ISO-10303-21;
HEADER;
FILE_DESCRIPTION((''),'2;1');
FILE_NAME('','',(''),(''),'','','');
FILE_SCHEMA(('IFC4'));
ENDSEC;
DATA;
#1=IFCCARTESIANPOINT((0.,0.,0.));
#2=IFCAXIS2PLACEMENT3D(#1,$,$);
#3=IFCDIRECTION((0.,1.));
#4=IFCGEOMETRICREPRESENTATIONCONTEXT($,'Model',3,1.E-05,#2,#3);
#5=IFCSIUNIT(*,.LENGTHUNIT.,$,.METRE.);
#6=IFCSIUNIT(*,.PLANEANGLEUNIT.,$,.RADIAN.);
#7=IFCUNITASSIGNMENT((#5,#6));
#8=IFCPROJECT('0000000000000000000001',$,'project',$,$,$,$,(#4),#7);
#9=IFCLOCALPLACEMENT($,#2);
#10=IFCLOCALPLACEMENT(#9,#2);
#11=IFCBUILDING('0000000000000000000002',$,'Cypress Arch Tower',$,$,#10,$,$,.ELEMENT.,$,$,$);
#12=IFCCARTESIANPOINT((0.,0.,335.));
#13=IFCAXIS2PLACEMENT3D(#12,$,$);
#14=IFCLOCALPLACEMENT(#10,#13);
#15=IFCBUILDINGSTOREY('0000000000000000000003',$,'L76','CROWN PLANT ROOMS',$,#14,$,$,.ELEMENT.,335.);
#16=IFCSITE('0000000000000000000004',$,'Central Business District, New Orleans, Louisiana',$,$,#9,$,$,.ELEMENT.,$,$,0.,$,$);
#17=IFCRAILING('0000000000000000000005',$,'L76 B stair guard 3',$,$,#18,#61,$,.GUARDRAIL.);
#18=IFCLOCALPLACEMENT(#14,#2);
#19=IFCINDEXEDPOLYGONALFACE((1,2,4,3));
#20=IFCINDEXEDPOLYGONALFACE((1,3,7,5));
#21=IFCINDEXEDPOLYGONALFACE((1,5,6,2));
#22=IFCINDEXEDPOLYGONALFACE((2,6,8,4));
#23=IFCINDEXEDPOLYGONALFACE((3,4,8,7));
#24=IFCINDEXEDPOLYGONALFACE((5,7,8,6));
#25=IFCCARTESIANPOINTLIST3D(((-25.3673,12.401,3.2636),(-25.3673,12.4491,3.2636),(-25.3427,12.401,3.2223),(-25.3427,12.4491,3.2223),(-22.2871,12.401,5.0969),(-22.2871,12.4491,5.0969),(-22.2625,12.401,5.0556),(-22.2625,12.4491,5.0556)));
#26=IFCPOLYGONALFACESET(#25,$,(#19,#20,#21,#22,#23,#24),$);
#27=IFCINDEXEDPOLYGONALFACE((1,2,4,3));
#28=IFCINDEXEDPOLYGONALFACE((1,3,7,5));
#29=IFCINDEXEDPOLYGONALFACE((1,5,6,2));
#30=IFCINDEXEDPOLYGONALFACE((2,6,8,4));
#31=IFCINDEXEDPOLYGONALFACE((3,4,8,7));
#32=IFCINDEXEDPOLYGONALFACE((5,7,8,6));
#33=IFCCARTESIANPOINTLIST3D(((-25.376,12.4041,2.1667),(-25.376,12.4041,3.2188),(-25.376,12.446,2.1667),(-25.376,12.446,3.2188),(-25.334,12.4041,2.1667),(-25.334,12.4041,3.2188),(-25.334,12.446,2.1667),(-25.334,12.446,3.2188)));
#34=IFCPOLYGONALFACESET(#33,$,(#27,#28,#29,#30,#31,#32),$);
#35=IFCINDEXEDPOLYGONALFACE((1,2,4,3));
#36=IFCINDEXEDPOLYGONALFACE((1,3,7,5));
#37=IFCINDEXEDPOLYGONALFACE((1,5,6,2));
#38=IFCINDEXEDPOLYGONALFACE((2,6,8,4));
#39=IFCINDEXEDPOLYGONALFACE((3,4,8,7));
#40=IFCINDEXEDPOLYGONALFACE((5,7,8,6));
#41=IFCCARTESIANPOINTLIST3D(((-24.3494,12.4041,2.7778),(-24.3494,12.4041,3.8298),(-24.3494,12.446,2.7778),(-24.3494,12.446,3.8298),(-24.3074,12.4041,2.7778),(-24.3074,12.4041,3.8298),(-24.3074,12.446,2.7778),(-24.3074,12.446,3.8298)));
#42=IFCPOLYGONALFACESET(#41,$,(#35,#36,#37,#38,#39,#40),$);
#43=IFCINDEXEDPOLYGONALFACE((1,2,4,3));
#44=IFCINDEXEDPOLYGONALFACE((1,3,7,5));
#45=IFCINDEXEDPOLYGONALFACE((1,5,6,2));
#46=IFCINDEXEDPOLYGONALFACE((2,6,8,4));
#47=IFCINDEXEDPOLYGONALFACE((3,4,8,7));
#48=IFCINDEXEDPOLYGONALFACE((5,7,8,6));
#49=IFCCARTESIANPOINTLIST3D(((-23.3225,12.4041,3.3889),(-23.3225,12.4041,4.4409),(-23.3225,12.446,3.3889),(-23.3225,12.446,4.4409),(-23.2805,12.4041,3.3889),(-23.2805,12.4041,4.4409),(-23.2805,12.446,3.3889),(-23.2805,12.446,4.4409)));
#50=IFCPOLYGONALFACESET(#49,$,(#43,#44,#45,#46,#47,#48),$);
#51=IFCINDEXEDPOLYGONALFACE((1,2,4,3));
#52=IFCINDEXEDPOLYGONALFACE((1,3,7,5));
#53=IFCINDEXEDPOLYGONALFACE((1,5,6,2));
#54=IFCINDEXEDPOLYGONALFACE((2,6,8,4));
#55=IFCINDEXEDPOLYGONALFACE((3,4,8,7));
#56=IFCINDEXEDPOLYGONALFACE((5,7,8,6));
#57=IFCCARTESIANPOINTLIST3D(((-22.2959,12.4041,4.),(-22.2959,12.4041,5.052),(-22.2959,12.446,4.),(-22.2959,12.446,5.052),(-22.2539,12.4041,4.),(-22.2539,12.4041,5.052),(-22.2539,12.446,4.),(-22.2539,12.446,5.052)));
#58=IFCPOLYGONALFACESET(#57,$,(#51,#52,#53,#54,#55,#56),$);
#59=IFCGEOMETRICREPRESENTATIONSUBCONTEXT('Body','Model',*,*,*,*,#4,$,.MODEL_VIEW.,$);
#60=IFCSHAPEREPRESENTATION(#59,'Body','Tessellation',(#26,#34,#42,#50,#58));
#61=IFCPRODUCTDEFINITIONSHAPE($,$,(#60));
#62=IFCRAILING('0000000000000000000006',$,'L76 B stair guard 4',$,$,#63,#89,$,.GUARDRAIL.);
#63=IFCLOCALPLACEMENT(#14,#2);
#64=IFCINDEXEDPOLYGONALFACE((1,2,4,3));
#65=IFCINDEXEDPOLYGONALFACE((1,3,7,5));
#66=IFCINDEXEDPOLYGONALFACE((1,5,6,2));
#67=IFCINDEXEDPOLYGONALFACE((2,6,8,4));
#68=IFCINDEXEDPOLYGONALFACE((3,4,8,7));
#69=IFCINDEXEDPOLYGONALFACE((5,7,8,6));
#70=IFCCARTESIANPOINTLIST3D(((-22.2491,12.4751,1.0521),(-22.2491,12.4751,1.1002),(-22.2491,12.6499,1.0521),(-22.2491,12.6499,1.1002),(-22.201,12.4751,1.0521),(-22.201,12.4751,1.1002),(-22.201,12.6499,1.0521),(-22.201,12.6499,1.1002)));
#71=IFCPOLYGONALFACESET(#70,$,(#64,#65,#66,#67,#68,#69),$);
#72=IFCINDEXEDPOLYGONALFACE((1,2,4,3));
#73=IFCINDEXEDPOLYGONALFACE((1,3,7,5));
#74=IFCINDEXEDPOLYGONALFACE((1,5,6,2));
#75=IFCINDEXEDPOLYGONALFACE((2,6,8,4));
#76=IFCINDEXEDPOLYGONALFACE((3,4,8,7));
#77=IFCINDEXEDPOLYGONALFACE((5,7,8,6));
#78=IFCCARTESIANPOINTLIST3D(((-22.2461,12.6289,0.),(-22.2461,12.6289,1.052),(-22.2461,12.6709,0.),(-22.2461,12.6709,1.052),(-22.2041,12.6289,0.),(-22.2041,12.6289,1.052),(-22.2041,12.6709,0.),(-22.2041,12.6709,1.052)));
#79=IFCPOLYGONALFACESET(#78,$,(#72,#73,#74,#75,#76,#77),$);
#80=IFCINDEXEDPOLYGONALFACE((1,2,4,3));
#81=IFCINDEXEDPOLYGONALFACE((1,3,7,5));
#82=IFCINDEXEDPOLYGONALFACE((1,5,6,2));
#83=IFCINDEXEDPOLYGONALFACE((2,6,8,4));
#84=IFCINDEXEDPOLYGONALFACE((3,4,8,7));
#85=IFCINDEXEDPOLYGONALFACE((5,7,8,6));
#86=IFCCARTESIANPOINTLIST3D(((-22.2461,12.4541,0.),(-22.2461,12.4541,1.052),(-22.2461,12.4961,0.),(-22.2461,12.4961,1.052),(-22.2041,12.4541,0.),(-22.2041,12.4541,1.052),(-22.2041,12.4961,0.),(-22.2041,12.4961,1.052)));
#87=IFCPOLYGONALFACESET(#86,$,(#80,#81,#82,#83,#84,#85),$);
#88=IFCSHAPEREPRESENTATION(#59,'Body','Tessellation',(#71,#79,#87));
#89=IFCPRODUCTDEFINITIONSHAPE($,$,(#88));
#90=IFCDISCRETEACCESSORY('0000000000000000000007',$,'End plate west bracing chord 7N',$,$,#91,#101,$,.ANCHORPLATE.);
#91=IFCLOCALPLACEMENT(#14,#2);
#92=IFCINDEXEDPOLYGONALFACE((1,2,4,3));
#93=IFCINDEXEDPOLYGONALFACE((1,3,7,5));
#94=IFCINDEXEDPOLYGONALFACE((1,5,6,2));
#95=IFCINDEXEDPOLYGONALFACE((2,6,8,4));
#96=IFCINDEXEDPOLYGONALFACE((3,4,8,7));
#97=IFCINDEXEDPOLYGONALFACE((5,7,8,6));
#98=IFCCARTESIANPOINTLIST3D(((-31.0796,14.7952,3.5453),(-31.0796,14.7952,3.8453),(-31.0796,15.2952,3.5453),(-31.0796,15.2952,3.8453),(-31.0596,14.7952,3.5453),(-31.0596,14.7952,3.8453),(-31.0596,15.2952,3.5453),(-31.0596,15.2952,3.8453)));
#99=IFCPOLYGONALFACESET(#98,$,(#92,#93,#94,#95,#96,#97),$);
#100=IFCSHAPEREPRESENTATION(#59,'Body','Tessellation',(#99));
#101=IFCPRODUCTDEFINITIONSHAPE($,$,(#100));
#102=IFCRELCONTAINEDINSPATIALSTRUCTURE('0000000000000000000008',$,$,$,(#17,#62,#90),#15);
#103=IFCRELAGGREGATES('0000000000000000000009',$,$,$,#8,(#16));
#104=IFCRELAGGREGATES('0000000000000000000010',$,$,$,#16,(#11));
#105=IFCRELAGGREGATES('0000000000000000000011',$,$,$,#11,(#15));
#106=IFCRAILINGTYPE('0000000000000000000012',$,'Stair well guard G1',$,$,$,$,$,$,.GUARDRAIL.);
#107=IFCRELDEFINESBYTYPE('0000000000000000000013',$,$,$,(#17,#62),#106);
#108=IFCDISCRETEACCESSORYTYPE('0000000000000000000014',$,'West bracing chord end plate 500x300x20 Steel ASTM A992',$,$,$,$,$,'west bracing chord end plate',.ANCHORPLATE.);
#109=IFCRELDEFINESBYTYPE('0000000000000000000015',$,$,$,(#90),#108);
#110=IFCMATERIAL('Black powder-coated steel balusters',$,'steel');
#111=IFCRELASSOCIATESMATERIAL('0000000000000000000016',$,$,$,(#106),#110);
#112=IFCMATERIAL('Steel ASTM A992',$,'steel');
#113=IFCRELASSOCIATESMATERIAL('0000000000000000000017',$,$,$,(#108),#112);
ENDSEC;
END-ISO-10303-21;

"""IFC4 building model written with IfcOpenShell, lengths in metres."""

from ifc_helpers import new_model, si_unit, direction, frame, origin, origin_2d, place, context, subcontext, project, spatial, rectangle, extrude, material, material_profile, profile_set, type_object, element, save


model = new_model("IFC4")

# Units and contexts
model_context = context("Model", 3, precision=1e-05, world=origin(), true_north=direction((0.0, 1.0)))
body_context = subcontext(model_context, "Body", "Model", "MODEL_VIEW")
ifc_project = project(units=[si_unit("LENGTHUNIT", "METRE"), si_unit("PLANEANGLEUNIT", "RADIAN")], contexts=[model_context])

# Site, building, storey
site_placement = place(None, origin())
site = spatial("IfcSite", under=ifc_project, at=site_placement, Name="Central Business District, New Orleans, Louisiana", CompositionType="ELEMENT", RefElevation=0.0)
building_placement = place(site_placement, origin())
building = spatial("IfcBuilding", under=site, at=building_placement, Name="Cypress Arch Tower", CompositionType="ELEMENT")
storey_placement = place(building_placement, frame((0.0, 0.0, 335.0)))
storey = spatial("IfcBuildingStorey", under=building, at=storey_placement, Name="L76", Description="CROWN PLANT ROOMS", CompositionType="ELEMENT", Elevation=335.0)

# Railings
ifc_material_1 = material(Name="Black powder-coated steel balusters", Category="steel")
railing_type_1 = type_object("IfcRailingType", Name="Stair well guard G1", PredefinedType="GUARDRAIL", material=ifc_material_1)
railing_1_placement = place(storey_placement, frame((-25.355, 12.425, 2.1667)))
element("IfcRailing", 1, at=railing_1_placement, inside=storey, type_object=railing_type_1, Name="L76 B stair guard 3", PredefinedType="GUARDRAIL", context=body_context, shape_type="SweptSolid", body=[
    extrude(rectangle(XDim=0.0481, YDim=0.0481, at=origin_2d()), frame((0.0, 0.0, 1.0762), z_axis=(0.859309, 0.0, 0.511458), x_axis=(0.0, 1.0, 0.0)), (0.0, 0.0, 1.0), 3.5845),
    extrude(rectangle(XDim=0.042, YDim=0.042, at=origin_2d()), origin(), (0.0, 0.0, 1.0), 1.052),
    extrude(rectangle(XDim=0.042, YDim=0.042, at=origin_2d()), frame((1.0266, 0.0, 0.6111)), (0.0, 0.0, 1.0), 1.052),
    extrude(rectangle(XDim=0.042, YDim=0.042, at=origin_2d()), frame((2.0535, 0.0, 1.2222)), (0.0, 0.0, 1.0), 1.052),
    extrude(rectangle(XDim=0.042, YDim=0.042, at=origin_2d()), frame((3.0801, 0.0, 1.8333)), (0.0, 0.0, 1.0), 1.052),
])
railing_2_placement = place(storey_placement, frame((-22.2251, 12.6499, 0.0)))
element("IfcRailing", 2, at=railing_2_placement, inside=storey, type_object=railing_type_1, Name="L76 B stair guard 4", PredefinedType="GUARDRAIL", context=body_context, shape_type="SweptSolid", body=[
    extrude(rectangle(XDim=0.0481, YDim=0.0481, at=origin_2d()), frame((0.0, 0.0, 1.0762), z_axis=(0.0, -1.0, 0.0), x_axis=(1.0, 0.0, 0.0)), (0.0, 0.0, 1.0), 0.1748),
    extrude(rectangle(XDim=0.042, YDim=0.042, at=origin_2d()), origin(), (0.0, 0.0, 1.0), 1.052),
    extrude(rectangle(XDim=0.042, YDim=0.042, at=origin_2d()), frame((0.0, -0.1748, 0.0)), (0.0, 0.0, 1.0), 1.052),
])

# Discrete accessory
ifc_material_2 = material(Name="Steel ASTM A992", Category="steel")
ifc_material_profile_1 = material_profile(ifc_material_2, rectangle(XDim=0.5, YDim=0.3, at=origin_2d()), Name="PL 20 500x300")
ifc_profile_set_1 = profile_set([ifc_material_profile_1], Name="Steel ASTM A992")
discrete_accessory_type = type_object("IfcDiscreteAccessoryType", Name="West bracing chord end plate 500x300x20 Steel ASTM A992", ElementType="west bracing chord end plate", PredefinedType="ANCHORPLATE", material=ifc_profile_set_1)
discrete_accessory_placement = place(storey_placement, frame((-31.0596, 15.0452, 3.6953), z_axis=(-1.0, 0.0, 0.0), x_axis=(0.0, -1.0, 0.0)))
element("IfcDiscreteAccessory", 3, at=discrete_accessory_placement, inside=storey, type_object=discrete_accessory_type, Name="End plate west bracing chord 7N", PredefinedType="ANCHORPLATE", context=body_context, shape_type="SweptSolid", body=[
    extrude(rectangle(XDim=0.5, YDim=0.3, at=origin_2d()), origin(), (0.0, 0.0, 1.0), 0.02),
])

save(model, "model.ifc")
